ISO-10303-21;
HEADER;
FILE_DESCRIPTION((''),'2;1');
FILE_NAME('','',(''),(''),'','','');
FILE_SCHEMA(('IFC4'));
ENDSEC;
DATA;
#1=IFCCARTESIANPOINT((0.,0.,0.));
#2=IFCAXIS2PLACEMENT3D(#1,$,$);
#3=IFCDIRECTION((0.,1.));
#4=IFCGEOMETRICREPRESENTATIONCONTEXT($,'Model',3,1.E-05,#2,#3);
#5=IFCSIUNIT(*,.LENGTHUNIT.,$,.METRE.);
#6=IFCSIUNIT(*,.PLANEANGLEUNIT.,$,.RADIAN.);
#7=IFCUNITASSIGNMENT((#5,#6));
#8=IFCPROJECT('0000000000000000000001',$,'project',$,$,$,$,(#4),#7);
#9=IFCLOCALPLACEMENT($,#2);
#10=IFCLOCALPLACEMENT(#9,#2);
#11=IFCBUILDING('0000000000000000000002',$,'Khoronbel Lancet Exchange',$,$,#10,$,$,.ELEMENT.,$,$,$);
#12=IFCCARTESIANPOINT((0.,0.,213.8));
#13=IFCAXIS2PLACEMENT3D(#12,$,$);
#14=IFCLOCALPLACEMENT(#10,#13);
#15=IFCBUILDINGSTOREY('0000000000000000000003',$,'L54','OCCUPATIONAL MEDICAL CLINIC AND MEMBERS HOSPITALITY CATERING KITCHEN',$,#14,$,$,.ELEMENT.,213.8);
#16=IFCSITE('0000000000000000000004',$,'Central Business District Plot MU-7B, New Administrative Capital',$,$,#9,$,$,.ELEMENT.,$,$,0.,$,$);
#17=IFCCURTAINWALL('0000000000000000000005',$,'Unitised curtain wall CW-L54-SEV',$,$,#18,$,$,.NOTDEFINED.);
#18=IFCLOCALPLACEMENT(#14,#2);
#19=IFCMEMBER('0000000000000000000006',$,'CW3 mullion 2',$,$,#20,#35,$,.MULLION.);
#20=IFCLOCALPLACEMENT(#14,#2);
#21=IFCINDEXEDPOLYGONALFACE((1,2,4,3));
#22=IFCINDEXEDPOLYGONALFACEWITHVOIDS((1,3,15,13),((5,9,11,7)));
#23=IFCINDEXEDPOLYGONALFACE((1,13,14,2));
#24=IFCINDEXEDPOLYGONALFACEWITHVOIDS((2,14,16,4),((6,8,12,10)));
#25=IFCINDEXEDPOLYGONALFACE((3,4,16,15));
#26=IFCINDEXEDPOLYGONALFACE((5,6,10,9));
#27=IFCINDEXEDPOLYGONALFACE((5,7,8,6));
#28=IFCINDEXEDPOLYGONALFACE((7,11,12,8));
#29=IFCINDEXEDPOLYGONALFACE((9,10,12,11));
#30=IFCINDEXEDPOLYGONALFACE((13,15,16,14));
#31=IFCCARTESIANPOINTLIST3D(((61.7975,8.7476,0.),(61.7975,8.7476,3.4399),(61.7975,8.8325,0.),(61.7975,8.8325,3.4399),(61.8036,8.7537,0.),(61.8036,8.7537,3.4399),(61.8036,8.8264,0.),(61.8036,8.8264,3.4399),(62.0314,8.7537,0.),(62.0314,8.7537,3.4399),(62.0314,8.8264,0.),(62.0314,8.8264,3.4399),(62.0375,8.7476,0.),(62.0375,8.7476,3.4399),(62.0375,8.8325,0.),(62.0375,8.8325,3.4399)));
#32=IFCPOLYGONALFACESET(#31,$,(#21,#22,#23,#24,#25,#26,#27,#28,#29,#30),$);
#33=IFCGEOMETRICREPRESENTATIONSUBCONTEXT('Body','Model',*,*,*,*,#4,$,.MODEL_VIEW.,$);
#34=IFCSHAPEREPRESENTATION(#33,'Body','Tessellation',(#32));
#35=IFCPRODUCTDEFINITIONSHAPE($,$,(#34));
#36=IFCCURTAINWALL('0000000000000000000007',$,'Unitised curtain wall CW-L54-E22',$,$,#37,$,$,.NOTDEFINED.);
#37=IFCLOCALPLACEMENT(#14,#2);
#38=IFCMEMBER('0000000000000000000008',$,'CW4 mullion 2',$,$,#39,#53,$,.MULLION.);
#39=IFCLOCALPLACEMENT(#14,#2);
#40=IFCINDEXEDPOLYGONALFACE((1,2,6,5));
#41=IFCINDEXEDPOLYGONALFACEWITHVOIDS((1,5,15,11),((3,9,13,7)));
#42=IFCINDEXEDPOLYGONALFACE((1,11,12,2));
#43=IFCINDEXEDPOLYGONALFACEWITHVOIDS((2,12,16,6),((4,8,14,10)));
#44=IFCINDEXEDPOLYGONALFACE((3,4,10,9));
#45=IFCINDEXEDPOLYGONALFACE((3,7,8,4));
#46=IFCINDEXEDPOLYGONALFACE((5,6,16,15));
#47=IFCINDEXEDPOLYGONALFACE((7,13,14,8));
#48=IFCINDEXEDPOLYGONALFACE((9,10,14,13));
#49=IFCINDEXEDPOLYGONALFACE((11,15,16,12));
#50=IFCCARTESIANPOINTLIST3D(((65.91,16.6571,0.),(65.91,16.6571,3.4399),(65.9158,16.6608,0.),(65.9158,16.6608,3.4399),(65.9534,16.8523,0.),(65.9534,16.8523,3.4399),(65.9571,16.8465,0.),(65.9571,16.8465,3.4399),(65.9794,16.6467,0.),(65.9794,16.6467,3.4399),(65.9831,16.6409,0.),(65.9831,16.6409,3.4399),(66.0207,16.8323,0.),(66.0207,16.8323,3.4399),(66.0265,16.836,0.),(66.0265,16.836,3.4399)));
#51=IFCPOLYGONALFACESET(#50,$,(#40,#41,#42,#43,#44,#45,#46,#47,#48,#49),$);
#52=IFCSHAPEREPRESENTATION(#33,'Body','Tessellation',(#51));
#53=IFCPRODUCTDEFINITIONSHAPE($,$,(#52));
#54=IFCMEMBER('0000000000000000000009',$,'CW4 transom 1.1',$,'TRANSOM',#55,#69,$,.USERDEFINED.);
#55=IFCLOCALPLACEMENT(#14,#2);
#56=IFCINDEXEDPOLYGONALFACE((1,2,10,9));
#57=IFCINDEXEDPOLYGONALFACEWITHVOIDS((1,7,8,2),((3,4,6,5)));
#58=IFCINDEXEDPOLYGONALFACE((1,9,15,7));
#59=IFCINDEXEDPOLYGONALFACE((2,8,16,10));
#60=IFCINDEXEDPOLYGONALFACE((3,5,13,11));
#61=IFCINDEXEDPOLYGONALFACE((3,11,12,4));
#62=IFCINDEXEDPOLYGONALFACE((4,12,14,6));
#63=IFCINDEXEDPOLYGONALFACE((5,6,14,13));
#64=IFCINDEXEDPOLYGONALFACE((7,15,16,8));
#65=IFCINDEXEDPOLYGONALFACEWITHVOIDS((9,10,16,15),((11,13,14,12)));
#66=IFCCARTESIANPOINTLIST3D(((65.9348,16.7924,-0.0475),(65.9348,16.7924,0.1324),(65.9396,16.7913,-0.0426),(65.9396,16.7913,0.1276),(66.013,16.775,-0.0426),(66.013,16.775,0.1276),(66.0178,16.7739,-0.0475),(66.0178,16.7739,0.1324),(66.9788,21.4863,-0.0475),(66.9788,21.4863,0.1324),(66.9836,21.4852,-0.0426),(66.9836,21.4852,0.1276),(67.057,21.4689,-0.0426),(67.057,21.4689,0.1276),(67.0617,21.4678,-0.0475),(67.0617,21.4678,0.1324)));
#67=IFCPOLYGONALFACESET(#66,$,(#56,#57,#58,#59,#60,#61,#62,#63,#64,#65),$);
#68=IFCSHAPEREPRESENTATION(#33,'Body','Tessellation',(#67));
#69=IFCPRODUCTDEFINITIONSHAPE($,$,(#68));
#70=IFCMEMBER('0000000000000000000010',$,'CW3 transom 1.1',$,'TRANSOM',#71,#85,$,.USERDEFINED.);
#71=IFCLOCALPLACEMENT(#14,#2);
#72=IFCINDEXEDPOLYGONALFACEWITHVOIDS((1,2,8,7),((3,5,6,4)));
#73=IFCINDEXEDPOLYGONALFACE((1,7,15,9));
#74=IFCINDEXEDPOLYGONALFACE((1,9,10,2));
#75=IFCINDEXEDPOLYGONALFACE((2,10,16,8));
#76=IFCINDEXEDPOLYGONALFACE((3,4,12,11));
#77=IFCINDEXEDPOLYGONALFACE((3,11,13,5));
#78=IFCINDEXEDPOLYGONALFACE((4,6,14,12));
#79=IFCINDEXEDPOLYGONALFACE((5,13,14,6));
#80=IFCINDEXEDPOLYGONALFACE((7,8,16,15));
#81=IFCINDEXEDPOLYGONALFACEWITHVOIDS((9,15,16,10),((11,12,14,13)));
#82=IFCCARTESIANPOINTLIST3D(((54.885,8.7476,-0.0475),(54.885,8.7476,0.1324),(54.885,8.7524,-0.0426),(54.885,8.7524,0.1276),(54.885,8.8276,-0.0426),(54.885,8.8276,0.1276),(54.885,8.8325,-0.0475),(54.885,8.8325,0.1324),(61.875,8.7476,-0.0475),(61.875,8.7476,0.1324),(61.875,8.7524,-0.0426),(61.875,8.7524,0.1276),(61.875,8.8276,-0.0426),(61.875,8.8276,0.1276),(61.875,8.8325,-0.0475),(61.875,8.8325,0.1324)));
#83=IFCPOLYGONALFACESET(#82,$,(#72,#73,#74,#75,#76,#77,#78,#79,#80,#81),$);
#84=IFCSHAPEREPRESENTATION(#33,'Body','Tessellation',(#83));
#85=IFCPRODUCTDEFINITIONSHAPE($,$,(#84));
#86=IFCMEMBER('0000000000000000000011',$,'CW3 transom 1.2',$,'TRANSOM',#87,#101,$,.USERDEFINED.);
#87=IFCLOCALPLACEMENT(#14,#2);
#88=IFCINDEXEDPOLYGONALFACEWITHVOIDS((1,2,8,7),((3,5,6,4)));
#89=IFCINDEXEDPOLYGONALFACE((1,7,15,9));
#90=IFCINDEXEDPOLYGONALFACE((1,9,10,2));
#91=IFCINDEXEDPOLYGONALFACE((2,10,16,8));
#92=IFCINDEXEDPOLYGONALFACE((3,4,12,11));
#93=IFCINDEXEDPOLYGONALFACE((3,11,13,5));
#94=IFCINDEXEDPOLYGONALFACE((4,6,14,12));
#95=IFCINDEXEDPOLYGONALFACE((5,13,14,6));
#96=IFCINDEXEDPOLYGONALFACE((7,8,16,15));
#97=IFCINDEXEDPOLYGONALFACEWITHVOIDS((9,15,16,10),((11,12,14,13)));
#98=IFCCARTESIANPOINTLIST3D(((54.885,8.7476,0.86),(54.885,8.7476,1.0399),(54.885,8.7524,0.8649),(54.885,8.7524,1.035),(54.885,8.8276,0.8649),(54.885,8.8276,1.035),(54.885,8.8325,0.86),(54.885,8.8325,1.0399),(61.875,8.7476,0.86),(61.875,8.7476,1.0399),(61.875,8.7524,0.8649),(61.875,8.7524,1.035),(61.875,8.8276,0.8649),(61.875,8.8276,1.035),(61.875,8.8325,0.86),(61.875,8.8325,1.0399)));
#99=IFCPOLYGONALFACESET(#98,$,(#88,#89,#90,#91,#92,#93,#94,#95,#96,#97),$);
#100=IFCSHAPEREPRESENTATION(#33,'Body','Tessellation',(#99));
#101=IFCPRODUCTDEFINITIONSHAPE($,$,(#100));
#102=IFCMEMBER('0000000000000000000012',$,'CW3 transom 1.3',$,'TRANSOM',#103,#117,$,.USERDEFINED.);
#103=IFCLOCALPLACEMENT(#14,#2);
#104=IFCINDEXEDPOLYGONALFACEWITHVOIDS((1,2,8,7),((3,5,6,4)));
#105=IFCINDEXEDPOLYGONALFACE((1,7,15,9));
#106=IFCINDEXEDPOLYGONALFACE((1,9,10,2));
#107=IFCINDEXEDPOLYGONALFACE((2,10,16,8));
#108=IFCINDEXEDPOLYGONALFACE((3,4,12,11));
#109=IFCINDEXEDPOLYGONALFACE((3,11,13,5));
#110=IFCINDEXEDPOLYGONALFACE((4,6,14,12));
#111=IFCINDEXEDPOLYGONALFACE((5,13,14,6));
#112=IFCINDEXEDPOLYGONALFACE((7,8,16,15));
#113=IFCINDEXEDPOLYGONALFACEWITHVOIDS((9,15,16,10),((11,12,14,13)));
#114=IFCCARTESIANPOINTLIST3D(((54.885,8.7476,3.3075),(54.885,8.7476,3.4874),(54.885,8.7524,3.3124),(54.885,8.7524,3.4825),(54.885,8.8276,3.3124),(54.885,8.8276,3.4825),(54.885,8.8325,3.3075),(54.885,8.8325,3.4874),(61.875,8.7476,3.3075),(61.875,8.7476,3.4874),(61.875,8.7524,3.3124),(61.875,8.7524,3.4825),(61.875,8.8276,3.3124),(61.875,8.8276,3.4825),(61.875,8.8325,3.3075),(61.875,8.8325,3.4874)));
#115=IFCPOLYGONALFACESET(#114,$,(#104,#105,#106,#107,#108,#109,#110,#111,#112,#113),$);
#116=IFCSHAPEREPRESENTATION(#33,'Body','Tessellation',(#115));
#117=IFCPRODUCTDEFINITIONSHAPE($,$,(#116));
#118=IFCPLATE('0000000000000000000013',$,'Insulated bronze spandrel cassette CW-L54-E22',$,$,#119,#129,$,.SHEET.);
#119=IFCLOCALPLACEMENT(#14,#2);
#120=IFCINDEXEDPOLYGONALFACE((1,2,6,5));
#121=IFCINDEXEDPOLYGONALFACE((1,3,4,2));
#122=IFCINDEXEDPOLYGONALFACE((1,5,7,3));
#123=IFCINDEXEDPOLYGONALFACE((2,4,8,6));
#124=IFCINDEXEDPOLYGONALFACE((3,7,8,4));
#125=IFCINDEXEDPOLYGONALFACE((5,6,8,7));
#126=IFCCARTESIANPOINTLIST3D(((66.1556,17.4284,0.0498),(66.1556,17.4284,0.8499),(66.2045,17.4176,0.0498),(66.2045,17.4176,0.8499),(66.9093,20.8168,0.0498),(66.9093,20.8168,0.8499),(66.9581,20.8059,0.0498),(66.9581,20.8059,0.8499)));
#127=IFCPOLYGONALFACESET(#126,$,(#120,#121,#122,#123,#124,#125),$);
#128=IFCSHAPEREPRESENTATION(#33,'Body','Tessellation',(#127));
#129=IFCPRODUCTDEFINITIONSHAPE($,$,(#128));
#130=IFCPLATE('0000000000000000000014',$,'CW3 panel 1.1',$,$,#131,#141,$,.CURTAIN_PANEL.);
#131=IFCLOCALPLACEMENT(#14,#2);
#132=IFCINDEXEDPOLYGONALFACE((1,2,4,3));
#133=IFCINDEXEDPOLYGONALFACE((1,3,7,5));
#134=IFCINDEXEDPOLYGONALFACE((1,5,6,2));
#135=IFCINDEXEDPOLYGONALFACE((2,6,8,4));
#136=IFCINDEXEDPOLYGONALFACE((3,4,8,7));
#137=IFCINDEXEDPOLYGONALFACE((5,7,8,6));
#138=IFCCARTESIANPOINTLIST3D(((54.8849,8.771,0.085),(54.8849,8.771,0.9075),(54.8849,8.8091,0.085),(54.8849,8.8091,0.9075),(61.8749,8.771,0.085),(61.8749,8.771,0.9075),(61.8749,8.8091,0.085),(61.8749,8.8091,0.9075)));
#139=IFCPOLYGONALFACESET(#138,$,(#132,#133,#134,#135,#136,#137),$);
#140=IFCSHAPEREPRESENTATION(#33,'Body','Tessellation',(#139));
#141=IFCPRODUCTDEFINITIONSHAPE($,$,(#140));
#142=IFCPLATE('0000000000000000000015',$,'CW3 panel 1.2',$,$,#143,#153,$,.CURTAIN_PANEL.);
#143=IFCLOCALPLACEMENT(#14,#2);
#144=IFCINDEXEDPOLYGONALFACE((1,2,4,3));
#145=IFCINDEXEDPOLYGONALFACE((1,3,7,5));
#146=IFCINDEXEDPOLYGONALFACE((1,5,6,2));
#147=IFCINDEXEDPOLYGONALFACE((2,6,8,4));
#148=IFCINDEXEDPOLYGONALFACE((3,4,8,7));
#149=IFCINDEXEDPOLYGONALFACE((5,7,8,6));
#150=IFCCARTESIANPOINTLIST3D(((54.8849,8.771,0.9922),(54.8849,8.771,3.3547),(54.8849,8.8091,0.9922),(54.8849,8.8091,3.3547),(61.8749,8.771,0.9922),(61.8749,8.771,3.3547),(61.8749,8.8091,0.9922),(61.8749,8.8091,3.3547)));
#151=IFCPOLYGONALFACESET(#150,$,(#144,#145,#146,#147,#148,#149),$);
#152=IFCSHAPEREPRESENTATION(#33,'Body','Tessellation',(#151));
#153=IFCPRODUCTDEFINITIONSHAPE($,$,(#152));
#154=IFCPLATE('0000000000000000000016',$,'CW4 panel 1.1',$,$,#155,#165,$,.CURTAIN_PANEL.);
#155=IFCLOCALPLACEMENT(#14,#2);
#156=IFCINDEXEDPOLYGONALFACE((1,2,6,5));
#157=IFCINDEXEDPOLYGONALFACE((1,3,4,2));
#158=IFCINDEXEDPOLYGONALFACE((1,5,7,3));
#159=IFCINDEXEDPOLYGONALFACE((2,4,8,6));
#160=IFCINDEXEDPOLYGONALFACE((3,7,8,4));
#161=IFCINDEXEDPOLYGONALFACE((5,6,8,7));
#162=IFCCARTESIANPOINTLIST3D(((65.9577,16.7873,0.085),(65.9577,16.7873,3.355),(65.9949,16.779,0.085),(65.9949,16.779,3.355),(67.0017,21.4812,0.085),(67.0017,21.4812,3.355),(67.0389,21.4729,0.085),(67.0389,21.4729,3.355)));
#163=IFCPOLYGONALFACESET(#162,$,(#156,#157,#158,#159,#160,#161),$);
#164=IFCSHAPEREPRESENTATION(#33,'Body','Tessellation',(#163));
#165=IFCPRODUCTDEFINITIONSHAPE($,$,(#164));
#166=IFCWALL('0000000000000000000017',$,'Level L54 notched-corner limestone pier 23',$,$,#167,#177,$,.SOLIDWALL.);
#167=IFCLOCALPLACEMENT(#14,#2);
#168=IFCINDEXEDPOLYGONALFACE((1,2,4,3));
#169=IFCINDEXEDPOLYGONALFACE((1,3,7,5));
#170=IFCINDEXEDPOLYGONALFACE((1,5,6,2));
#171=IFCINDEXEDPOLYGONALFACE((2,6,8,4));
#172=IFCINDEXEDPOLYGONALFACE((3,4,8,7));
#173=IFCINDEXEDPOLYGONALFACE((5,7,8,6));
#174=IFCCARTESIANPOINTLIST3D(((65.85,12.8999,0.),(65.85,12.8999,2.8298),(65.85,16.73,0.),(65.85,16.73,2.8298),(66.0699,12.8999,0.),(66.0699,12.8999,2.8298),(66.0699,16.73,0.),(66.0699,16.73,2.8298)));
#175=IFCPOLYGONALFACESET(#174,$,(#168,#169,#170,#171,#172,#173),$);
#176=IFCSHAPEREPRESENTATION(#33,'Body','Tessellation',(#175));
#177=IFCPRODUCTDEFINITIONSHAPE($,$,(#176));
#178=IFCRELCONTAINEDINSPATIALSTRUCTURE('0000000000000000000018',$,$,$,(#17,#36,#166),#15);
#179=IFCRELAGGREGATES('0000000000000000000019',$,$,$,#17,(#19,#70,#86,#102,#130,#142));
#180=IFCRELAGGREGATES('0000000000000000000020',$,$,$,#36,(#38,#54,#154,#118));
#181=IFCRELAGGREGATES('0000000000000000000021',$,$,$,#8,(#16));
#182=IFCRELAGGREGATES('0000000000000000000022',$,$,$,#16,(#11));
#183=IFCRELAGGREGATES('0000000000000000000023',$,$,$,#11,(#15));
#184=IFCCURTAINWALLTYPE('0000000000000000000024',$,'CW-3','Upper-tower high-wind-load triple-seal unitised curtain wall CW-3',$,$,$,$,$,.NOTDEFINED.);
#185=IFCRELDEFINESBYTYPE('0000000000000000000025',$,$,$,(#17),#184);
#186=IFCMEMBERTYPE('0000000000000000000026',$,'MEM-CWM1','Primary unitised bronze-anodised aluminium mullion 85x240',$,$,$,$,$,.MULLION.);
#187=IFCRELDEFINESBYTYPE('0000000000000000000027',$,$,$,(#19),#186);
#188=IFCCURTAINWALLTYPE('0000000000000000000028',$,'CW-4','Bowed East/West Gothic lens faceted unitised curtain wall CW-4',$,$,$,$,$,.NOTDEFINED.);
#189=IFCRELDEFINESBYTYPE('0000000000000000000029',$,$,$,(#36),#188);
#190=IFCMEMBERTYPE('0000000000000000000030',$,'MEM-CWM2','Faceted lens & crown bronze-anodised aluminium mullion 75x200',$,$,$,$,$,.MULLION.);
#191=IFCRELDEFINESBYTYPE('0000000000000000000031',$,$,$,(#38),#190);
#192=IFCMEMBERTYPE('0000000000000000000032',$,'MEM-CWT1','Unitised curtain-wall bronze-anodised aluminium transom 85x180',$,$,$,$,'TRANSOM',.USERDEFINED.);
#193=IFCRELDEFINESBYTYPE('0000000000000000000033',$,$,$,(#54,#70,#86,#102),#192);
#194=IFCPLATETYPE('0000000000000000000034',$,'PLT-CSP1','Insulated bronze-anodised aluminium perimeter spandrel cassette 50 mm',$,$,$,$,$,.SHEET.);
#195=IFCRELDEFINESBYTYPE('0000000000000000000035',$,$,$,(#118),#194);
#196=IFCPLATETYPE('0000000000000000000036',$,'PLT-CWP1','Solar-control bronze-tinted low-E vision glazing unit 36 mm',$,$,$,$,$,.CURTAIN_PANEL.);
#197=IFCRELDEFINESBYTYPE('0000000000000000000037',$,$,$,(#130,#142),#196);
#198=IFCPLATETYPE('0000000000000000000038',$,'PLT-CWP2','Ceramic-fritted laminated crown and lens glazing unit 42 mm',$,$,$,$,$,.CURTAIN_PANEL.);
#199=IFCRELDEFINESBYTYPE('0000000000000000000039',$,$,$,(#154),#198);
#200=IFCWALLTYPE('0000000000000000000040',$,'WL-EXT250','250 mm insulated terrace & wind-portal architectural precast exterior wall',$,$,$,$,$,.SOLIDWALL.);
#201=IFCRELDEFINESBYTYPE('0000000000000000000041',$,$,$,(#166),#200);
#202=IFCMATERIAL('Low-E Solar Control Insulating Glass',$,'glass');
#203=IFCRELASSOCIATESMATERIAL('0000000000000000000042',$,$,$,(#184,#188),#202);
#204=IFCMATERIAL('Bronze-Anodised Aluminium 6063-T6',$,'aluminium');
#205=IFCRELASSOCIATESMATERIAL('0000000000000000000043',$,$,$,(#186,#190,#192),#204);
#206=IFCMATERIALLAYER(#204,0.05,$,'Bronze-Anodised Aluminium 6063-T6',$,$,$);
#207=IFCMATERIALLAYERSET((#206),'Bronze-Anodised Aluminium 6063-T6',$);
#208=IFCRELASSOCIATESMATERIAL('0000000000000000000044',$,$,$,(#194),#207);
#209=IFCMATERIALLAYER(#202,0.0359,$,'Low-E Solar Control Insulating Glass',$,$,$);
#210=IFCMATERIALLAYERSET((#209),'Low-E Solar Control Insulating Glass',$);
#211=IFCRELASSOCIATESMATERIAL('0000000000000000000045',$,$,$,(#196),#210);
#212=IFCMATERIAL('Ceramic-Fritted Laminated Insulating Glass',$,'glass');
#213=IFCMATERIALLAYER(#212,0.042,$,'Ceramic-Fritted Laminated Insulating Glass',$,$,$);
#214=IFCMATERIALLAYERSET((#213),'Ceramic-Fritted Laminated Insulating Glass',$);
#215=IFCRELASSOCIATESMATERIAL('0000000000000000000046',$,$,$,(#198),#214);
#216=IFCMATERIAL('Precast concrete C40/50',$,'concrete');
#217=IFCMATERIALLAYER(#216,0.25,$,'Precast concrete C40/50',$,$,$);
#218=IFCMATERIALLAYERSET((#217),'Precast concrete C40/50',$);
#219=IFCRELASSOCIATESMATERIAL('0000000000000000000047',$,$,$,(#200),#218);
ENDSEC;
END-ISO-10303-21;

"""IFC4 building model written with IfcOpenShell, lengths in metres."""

from ifc_helpers import new_model, si_unit, direction, frame, frame_2d, origin, origin_2d, place, context, subcontext, project, spatial, rectangle, hollow_rectangle, extrude, material, layer, layer_set, material_profile, profile_set, type_object, element, aggregate, save


model = new_model("IFC4")

# Units and contexts
model_context = context("Model", 3, precision=1e-05, world=origin(), true_north=direction((0.0, 1.0)))
body_context = subcontext(model_context, "Body", "Model", "MODEL_VIEW")
ifc_project = project(units=[si_unit("LENGTHUNIT", "METRE"), si_unit("PLANEANGLEUNIT", "RADIAN")], contexts=[model_context])

# Site, building, storey
site_placement = place(None, origin())
site = spatial("IfcSite", under=ifc_project, at=site_placement, Name="Central Business District Plot MU-7B, New Administrative Capital", CompositionType="ELEMENT", RefElevation=0.0)
building_placement = place(site_placement, origin())
building = spatial("IfcBuilding", under=site, at=building_placement, Name="Khoronbel Lancet Exchange", CompositionType="ELEMENT")
storey_placement = place(building_placement, frame((0.0, 0.0, 213.8)))
storey = spatial("IfcBuildingStorey", under=building, at=storey_placement, Name="L54", Description="OCCUPATIONAL MEDICAL CLINIC AND MEMBERS HOSPITALITY CATERING KITCHEN", CompositionType="ELEMENT", Elevation=213.8)

# Shared definitions
ifc_material_1 = material(Name="Low-E Solar Control Insulating Glass", Category="glass")
curtain_wall_type_1 = type_object("IfcCurtainWallType", Name="CW-3", Description="Upper-tower high-wind-load triple-seal unitised curtain wall CW-3", PredefinedType="NOTDEFINED", material=ifc_material_1)
ifc_material_2 = material(Name="Bronze-Anodised Aluminium 6063-T6", Category="aluminium")
ifc_material_profile_1 = material_profile(ifc_material_2, hollow_rectangle(XDim=0.085, YDim=0.24, WallThickness=0.0061, at=origin_2d()), Name="ALU MULLION 85x240")
ifc_profile_set_1 = profile_set([ifc_material_profile_1], Name="Bronze-Anodised Aluminium 6063-T6")
member_type_1 = type_object("IfcMemberType", Name="MEM-CWM1", Description="Primary unitised bronze-anodised aluminium mullion 85x240", PredefinedType="MULLION", material=ifc_profile_set_1)

# Curtain walls, members
curtain_wall_1_placement = place(storey_placement, origin())
curtain_wall_1 = element("IfcCurtainWall", 1, at=curtain_wall_1_placement, inside=storey, type_object=curtain_wall_type_1, Name="Unitised curtain wall CW-L54-SEV", PredefinedType="NOTDEFINED")
member_1_placement = place(storey_placement, frame((61.9175, 8.79, 0.0), z_axis=(0.0, 0.0, 1.0), x_axis=(0.0, 1.0, 0.0)))
member_1 = element("IfcMember", 2, at=member_1_placement, type_object=member_type_1, Name="CW3 mullion 2", PredefinedType="MULLION", context=body_context, shape_type="SweptSolid", body=[
    extrude(hollow_rectangle(XDim=0.085, YDim=0.24, WallThickness=0.0061, at=origin_2d()), origin(), (0.0, 0.0, 1.0), 3.4399),
])
curtain_wall_type_2 = type_object("IfcCurtainWallType", Name="CW-4", Description="Bowed East/West Gothic lens faceted unitised curtain wall CW-4", PredefinedType="NOTDEFINED", material=ifc_material_1)
curtain_wall_2_placement = place(storey_placement, origin())
curtain_wall_2 = element("IfcCurtainWall", 3, at=curtain_wall_2_placement, inside=storey, type_object=curtain_wall_type_2, Name="Unitised curtain wall CW-L54-E22", PredefinedType="NOTDEFINED")
ifc_material_profile_2 = material_profile(ifc_material_2, hollow_rectangle(XDim=0.075, YDim=0.2, WallThickness=0.0049, at=origin_2d()), Name="ALU MULLION 75x200")
ifc_profile_set_2 = profile_set([ifc_material_profile_2], Name="Bronze-Anodised Aluminium 6063-T6")
member_type_2 = type_object("IfcMemberType", Name="MEM-CWM2", Description="Faceted lens & crown bronze-anodised aluminium mullion 75x200", PredefinedType="MULLION", material=ifc_profile_set_2)
member_2_placement = place(storey_placement, frame((65.9683, 16.7466, 0.0), z_axis=(0.0, 0.0, 1.0), x_axis=(0.976146, -0.217114, 0.0)))
member_2 = element("IfcMember", 4, at=member_2_placement, type_object=member_type_2, Name="CW4 mullion 2", PredefinedType="MULLION", context=body_context, shape_type="SweptSolid", body=[
    extrude(hollow_rectangle(XDim=0.075, YDim=0.2, WallThickness=0.0049, at=origin_2d()), origin(), (0.0, 0.0, 1.0), 3.4399),
])
ifc_material_profile_3 = material_profile(ifc_material_2, hollow_rectangle(XDim=0.085, YDim=0.1799, WallThickness=0.0049, at=origin_2d()), Name="ALU TRANSOM 85x180")
ifc_profile_set_3 = profile_set([ifc_material_profile_3], Name="Bronze-Anodised Aluminium 6063-T6")
member_type_3 = type_object("IfcMemberType", Name="MEM-CWT1", Description="Unitised curtain-wall bronze-anodised aluminium transom 85x180", ElementType="TRANSOM", PredefinedType="USERDEFINED", material=ifc_profile_set_3)
member_3_placement = place(storey_placement, frame((67.0203, 21.4771, 0.0425), z_axis=(-0.217102, -0.976149, 0.0), x_axis=(0.976149, -0.217102, 0.0)))
member_3 = element("IfcMember", 5, at=member_3_placement, type_object=member_type_3, Name="CW4 transom 1.1", ObjectType="TRANSOM", PredefinedType="USERDEFINED", context=body_context, shape_type="SweptSolid", body=[
    extrude(hollow_rectangle(XDim=0.085, YDim=0.1799, WallThickness=0.0049, at=origin_2d()), origin(), (0.0, 0.0, 1.0), 4.8086),
])

# Members
member_4_placement = place(storey_placement, frame((54.885, 8.79, 0.0425), z_axis=(1.0, 0.0, 0.0), x_axis=(0.0, 1.0, 0.0)))
member_4 = element("IfcMember", 6, at=member_4_placement, type_object=member_type_3, Name="CW3 transom 1.1", ObjectType="TRANSOM", PredefinedType="USERDEFINED", context=body_context, shape_type="SweptSolid", body=[
    extrude(hollow_rectangle(XDim=0.085, YDim=0.1799, WallThickness=0.0049, at=origin_2d()), origin(), (0.0, 0.0, 1.0), 6.99),
])
member_5_placement = place(storey_placement, frame((54.885, 8.79, 0.95), z_axis=(1.0, 0.0, 0.0), x_axis=(0.0, 1.0, 0.0)))
member_5 = element("IfcMember", 7, at=member_5_placement, type_object=member_type_3, Name="CW3 transom 1.2", ObjectType="TRANSOM", PredefinedType="USERDEFINED", context=body_context, shape_type="SweptSolid", body=[
    extrude(hollow_rectangle(XDim=0.085, YDim=0.1799, WallThickness=0.0049, at=origin_2d()), origin(), (0.0, 0.0, 1.0), 6.99),
])
member_6_placement = place(storey_placement, frame((54.885, 8.79, 3.3975), z_axis=(1.0, 0.0, 0.0), x_axis=(0.0, 1.0, 0.0)))
member_6 = element("IfcMember", 8, at=member_6_placement, type_object=member_type_3, Name="CW3 transom 1.3", ObjectType="TRANSOM", PredefinedType="USERDEFINED", context=body_context, shape_type="SweptSolid", body=[
    extrude(hollow_rectangle(XDim=0.085, YDim=0.1799, WallThickness=0.0049, at=origin_2d()), origin(), (0.0, 0.0, 1.0), 6.99),
])

# Plates
ifc_layer_1 = layer(ifc_material_2, 0.05, Name="Bronze-Anodised Aluminium 6063-T6")
ifc_layer_set_1 = layer_set([ifc_layer_1], Name="Bronze-Anodised Aluminium 6063-T6")
plate_type_1 = type_object("IfcPlateType", Name="PLT-CSP1", Description="Insulated bronze-anodised aluminium perimeter spandrel cassette 50 mm", PredefinedType="SHEET", material=ifc_layer_set_1)
plate_1_placement = place(storey_placement, frame((66.5569, 19.1172, 0.0498), z_axis=(0.0, 0.0, 1.0), x_axis=(-0.217114, -0.976146, 0.0)))
plate_1 = element("IfcPlate", 9, at=plate_1_placement, type_object=plate_type_1, Name="Insulated bronze spandrel cassette CW-L54-E22", PredefinedType="SHEET", context=body_context, shape_type="SweptSolid", body=[
    extrude(rectangle(XDim=3.4712, YDim=0.05, at=origin_2d()), origin(), (0.0, 0.0, 1.0), 0.8),
])
ifc_layer_2 = layer(ifc_material_1, 0.0359, Name="Low-E Solar Control Insulating Glass")
ifc_layer_set_2 = layer_set([ifc_layer_2], Name="Low-E Solar Control Insulating Glass")
plate_type_2 = type_object("IfcPlateType", Name="PLT-CWP1", Description="Solar-control bronze-tinted low-E vision glazing unit 36 mm", PredefinedType="CURTAIN_PANEL", material=ifc_layer_set_2)
plate_2_placement = place(storey_placement, frame((58.3799, 8.79, 0.085), z_axis=(0.0, 0.0, 1.0), x_axis=(1.0, 0.0, 0.0)))
plate_2 = element("IfcPlate", 10, at=plate_2_placement, type_object=plate_type_2, Name="CW3 panel 1.1", PredefinedType="CURTAIN_PANEL", context=body_context, shape_type="SweptSolid", body=[
    extrude(rectangle(XDim=6.99, YDim=0.0381, at=origin_2d()), origin(), (0.0, 0.0, 1.0), 0.8225),
])
plate_3_placement = place(storey_placement, frame((58.3799, 8.79, 0.9922), z_axis=(0.0, 0.0, 1.0), x_axis=(1.0, 0.0, 0.0)))
plate_3 = element("IfcPlate", 11, at=plate_3_placement, type_object=plate_type_2, Name="CW3 panel 1.2", PredefinedType="CURTAIN_PANEL", context=body_context, shape_type="SweptSolid", body=[
    extrude(rectangle(XDim=6.99, YDim=0.0381, at=origin_2d()), origin(), (0.0, 0.0, 1.0), 2.3625),
])
aggregate(curtain_wall_1, [member_1, member_4, member_5, member_6, plate_2, plate_3])
ifc_material_3 = material(Name="Ceramic-Fritted Laminated Insulating Glass", Category="glass")
ifc_layer_3 = layer(ifc_material_3, 0.042, Name="Ceramic-Fritted Laminated Insulating Glass")
ifc_layer_set_3 = layer_set([ifc_layer_3], Name="Ceramic-Fritted Laminated Insulating Glass")
plate_type_3 = type_object("IfcPlateType", Name="PLT-CWP2", Description="Ceramic-fritted laminated crown and lens glazing unit 42 mm", PredefinedType="CURTAIN_PANEL", material=ifc_layer_set_3)
plate_4_placement = place(storey_placement, frame((66.4983, 19.1301, 0.085), z_axis=(0.0, 0.0, 1.0), x_axis=(-0.217114, -0.976146, 0.0)))
plate_4 = element("IfcPlate", 12, at=plate_4_placement, type_object=plate_type_3, Name="CW4 panel 1.1", PredefinedType="CURTAIN_PANEL", context=body_context, shape_type="SweptSolid", body=[
    extrude(rectangle(XDim=4.8086, YDim=0.0381, at=origin_2d()), origin(), (0.0, 0.0, 1.0), 3.27),
])
aggregate(curtain_wall_2, [member_2, member_3, plate_4, plate_1])

# Wall
ifc_material_4 = material(Name="Precast concrete C40/50", Category="concrete")
ifc_layer_4 = layer(ifc_material_4, 0.25, Name="Precast concrete C40/50")
ifc_layer_set_4 = layer_set([ifc_layer_4], Name="Precast concrete C40/50")
wall_type_1 = type_object("IfcWallType", Name="WL-EXT250", Description="250 mm insulated terrace & wind-portal architectural precast exterior wall", PredefinedType="SOLIDWALL", material=ifc_layer_set_4)
wall_1_placement = place(storey_placement, frame((65.96, 16.73, 0.0), z_axis=(0.0, 0.0, 1.0), x_axis=(0.0, -1.0, 0.0)))
element("IfcWall", 13, at=wall_1_placement, inside=storey, type_object=wall_type_1, Name="Level L54 notched-corner limestone pier 23", PredefinedType="SOLIDWALL", context=body_context, shape_type="SweptSolid", body=[
    extrude(rectangle(XDim=3.8301, YDim=0.22, at=frame_2d((1.915, 0.0))), origin(), (0.0, 0.0, 1.0), 2.8298),
])

save(model, "model.ifc")
